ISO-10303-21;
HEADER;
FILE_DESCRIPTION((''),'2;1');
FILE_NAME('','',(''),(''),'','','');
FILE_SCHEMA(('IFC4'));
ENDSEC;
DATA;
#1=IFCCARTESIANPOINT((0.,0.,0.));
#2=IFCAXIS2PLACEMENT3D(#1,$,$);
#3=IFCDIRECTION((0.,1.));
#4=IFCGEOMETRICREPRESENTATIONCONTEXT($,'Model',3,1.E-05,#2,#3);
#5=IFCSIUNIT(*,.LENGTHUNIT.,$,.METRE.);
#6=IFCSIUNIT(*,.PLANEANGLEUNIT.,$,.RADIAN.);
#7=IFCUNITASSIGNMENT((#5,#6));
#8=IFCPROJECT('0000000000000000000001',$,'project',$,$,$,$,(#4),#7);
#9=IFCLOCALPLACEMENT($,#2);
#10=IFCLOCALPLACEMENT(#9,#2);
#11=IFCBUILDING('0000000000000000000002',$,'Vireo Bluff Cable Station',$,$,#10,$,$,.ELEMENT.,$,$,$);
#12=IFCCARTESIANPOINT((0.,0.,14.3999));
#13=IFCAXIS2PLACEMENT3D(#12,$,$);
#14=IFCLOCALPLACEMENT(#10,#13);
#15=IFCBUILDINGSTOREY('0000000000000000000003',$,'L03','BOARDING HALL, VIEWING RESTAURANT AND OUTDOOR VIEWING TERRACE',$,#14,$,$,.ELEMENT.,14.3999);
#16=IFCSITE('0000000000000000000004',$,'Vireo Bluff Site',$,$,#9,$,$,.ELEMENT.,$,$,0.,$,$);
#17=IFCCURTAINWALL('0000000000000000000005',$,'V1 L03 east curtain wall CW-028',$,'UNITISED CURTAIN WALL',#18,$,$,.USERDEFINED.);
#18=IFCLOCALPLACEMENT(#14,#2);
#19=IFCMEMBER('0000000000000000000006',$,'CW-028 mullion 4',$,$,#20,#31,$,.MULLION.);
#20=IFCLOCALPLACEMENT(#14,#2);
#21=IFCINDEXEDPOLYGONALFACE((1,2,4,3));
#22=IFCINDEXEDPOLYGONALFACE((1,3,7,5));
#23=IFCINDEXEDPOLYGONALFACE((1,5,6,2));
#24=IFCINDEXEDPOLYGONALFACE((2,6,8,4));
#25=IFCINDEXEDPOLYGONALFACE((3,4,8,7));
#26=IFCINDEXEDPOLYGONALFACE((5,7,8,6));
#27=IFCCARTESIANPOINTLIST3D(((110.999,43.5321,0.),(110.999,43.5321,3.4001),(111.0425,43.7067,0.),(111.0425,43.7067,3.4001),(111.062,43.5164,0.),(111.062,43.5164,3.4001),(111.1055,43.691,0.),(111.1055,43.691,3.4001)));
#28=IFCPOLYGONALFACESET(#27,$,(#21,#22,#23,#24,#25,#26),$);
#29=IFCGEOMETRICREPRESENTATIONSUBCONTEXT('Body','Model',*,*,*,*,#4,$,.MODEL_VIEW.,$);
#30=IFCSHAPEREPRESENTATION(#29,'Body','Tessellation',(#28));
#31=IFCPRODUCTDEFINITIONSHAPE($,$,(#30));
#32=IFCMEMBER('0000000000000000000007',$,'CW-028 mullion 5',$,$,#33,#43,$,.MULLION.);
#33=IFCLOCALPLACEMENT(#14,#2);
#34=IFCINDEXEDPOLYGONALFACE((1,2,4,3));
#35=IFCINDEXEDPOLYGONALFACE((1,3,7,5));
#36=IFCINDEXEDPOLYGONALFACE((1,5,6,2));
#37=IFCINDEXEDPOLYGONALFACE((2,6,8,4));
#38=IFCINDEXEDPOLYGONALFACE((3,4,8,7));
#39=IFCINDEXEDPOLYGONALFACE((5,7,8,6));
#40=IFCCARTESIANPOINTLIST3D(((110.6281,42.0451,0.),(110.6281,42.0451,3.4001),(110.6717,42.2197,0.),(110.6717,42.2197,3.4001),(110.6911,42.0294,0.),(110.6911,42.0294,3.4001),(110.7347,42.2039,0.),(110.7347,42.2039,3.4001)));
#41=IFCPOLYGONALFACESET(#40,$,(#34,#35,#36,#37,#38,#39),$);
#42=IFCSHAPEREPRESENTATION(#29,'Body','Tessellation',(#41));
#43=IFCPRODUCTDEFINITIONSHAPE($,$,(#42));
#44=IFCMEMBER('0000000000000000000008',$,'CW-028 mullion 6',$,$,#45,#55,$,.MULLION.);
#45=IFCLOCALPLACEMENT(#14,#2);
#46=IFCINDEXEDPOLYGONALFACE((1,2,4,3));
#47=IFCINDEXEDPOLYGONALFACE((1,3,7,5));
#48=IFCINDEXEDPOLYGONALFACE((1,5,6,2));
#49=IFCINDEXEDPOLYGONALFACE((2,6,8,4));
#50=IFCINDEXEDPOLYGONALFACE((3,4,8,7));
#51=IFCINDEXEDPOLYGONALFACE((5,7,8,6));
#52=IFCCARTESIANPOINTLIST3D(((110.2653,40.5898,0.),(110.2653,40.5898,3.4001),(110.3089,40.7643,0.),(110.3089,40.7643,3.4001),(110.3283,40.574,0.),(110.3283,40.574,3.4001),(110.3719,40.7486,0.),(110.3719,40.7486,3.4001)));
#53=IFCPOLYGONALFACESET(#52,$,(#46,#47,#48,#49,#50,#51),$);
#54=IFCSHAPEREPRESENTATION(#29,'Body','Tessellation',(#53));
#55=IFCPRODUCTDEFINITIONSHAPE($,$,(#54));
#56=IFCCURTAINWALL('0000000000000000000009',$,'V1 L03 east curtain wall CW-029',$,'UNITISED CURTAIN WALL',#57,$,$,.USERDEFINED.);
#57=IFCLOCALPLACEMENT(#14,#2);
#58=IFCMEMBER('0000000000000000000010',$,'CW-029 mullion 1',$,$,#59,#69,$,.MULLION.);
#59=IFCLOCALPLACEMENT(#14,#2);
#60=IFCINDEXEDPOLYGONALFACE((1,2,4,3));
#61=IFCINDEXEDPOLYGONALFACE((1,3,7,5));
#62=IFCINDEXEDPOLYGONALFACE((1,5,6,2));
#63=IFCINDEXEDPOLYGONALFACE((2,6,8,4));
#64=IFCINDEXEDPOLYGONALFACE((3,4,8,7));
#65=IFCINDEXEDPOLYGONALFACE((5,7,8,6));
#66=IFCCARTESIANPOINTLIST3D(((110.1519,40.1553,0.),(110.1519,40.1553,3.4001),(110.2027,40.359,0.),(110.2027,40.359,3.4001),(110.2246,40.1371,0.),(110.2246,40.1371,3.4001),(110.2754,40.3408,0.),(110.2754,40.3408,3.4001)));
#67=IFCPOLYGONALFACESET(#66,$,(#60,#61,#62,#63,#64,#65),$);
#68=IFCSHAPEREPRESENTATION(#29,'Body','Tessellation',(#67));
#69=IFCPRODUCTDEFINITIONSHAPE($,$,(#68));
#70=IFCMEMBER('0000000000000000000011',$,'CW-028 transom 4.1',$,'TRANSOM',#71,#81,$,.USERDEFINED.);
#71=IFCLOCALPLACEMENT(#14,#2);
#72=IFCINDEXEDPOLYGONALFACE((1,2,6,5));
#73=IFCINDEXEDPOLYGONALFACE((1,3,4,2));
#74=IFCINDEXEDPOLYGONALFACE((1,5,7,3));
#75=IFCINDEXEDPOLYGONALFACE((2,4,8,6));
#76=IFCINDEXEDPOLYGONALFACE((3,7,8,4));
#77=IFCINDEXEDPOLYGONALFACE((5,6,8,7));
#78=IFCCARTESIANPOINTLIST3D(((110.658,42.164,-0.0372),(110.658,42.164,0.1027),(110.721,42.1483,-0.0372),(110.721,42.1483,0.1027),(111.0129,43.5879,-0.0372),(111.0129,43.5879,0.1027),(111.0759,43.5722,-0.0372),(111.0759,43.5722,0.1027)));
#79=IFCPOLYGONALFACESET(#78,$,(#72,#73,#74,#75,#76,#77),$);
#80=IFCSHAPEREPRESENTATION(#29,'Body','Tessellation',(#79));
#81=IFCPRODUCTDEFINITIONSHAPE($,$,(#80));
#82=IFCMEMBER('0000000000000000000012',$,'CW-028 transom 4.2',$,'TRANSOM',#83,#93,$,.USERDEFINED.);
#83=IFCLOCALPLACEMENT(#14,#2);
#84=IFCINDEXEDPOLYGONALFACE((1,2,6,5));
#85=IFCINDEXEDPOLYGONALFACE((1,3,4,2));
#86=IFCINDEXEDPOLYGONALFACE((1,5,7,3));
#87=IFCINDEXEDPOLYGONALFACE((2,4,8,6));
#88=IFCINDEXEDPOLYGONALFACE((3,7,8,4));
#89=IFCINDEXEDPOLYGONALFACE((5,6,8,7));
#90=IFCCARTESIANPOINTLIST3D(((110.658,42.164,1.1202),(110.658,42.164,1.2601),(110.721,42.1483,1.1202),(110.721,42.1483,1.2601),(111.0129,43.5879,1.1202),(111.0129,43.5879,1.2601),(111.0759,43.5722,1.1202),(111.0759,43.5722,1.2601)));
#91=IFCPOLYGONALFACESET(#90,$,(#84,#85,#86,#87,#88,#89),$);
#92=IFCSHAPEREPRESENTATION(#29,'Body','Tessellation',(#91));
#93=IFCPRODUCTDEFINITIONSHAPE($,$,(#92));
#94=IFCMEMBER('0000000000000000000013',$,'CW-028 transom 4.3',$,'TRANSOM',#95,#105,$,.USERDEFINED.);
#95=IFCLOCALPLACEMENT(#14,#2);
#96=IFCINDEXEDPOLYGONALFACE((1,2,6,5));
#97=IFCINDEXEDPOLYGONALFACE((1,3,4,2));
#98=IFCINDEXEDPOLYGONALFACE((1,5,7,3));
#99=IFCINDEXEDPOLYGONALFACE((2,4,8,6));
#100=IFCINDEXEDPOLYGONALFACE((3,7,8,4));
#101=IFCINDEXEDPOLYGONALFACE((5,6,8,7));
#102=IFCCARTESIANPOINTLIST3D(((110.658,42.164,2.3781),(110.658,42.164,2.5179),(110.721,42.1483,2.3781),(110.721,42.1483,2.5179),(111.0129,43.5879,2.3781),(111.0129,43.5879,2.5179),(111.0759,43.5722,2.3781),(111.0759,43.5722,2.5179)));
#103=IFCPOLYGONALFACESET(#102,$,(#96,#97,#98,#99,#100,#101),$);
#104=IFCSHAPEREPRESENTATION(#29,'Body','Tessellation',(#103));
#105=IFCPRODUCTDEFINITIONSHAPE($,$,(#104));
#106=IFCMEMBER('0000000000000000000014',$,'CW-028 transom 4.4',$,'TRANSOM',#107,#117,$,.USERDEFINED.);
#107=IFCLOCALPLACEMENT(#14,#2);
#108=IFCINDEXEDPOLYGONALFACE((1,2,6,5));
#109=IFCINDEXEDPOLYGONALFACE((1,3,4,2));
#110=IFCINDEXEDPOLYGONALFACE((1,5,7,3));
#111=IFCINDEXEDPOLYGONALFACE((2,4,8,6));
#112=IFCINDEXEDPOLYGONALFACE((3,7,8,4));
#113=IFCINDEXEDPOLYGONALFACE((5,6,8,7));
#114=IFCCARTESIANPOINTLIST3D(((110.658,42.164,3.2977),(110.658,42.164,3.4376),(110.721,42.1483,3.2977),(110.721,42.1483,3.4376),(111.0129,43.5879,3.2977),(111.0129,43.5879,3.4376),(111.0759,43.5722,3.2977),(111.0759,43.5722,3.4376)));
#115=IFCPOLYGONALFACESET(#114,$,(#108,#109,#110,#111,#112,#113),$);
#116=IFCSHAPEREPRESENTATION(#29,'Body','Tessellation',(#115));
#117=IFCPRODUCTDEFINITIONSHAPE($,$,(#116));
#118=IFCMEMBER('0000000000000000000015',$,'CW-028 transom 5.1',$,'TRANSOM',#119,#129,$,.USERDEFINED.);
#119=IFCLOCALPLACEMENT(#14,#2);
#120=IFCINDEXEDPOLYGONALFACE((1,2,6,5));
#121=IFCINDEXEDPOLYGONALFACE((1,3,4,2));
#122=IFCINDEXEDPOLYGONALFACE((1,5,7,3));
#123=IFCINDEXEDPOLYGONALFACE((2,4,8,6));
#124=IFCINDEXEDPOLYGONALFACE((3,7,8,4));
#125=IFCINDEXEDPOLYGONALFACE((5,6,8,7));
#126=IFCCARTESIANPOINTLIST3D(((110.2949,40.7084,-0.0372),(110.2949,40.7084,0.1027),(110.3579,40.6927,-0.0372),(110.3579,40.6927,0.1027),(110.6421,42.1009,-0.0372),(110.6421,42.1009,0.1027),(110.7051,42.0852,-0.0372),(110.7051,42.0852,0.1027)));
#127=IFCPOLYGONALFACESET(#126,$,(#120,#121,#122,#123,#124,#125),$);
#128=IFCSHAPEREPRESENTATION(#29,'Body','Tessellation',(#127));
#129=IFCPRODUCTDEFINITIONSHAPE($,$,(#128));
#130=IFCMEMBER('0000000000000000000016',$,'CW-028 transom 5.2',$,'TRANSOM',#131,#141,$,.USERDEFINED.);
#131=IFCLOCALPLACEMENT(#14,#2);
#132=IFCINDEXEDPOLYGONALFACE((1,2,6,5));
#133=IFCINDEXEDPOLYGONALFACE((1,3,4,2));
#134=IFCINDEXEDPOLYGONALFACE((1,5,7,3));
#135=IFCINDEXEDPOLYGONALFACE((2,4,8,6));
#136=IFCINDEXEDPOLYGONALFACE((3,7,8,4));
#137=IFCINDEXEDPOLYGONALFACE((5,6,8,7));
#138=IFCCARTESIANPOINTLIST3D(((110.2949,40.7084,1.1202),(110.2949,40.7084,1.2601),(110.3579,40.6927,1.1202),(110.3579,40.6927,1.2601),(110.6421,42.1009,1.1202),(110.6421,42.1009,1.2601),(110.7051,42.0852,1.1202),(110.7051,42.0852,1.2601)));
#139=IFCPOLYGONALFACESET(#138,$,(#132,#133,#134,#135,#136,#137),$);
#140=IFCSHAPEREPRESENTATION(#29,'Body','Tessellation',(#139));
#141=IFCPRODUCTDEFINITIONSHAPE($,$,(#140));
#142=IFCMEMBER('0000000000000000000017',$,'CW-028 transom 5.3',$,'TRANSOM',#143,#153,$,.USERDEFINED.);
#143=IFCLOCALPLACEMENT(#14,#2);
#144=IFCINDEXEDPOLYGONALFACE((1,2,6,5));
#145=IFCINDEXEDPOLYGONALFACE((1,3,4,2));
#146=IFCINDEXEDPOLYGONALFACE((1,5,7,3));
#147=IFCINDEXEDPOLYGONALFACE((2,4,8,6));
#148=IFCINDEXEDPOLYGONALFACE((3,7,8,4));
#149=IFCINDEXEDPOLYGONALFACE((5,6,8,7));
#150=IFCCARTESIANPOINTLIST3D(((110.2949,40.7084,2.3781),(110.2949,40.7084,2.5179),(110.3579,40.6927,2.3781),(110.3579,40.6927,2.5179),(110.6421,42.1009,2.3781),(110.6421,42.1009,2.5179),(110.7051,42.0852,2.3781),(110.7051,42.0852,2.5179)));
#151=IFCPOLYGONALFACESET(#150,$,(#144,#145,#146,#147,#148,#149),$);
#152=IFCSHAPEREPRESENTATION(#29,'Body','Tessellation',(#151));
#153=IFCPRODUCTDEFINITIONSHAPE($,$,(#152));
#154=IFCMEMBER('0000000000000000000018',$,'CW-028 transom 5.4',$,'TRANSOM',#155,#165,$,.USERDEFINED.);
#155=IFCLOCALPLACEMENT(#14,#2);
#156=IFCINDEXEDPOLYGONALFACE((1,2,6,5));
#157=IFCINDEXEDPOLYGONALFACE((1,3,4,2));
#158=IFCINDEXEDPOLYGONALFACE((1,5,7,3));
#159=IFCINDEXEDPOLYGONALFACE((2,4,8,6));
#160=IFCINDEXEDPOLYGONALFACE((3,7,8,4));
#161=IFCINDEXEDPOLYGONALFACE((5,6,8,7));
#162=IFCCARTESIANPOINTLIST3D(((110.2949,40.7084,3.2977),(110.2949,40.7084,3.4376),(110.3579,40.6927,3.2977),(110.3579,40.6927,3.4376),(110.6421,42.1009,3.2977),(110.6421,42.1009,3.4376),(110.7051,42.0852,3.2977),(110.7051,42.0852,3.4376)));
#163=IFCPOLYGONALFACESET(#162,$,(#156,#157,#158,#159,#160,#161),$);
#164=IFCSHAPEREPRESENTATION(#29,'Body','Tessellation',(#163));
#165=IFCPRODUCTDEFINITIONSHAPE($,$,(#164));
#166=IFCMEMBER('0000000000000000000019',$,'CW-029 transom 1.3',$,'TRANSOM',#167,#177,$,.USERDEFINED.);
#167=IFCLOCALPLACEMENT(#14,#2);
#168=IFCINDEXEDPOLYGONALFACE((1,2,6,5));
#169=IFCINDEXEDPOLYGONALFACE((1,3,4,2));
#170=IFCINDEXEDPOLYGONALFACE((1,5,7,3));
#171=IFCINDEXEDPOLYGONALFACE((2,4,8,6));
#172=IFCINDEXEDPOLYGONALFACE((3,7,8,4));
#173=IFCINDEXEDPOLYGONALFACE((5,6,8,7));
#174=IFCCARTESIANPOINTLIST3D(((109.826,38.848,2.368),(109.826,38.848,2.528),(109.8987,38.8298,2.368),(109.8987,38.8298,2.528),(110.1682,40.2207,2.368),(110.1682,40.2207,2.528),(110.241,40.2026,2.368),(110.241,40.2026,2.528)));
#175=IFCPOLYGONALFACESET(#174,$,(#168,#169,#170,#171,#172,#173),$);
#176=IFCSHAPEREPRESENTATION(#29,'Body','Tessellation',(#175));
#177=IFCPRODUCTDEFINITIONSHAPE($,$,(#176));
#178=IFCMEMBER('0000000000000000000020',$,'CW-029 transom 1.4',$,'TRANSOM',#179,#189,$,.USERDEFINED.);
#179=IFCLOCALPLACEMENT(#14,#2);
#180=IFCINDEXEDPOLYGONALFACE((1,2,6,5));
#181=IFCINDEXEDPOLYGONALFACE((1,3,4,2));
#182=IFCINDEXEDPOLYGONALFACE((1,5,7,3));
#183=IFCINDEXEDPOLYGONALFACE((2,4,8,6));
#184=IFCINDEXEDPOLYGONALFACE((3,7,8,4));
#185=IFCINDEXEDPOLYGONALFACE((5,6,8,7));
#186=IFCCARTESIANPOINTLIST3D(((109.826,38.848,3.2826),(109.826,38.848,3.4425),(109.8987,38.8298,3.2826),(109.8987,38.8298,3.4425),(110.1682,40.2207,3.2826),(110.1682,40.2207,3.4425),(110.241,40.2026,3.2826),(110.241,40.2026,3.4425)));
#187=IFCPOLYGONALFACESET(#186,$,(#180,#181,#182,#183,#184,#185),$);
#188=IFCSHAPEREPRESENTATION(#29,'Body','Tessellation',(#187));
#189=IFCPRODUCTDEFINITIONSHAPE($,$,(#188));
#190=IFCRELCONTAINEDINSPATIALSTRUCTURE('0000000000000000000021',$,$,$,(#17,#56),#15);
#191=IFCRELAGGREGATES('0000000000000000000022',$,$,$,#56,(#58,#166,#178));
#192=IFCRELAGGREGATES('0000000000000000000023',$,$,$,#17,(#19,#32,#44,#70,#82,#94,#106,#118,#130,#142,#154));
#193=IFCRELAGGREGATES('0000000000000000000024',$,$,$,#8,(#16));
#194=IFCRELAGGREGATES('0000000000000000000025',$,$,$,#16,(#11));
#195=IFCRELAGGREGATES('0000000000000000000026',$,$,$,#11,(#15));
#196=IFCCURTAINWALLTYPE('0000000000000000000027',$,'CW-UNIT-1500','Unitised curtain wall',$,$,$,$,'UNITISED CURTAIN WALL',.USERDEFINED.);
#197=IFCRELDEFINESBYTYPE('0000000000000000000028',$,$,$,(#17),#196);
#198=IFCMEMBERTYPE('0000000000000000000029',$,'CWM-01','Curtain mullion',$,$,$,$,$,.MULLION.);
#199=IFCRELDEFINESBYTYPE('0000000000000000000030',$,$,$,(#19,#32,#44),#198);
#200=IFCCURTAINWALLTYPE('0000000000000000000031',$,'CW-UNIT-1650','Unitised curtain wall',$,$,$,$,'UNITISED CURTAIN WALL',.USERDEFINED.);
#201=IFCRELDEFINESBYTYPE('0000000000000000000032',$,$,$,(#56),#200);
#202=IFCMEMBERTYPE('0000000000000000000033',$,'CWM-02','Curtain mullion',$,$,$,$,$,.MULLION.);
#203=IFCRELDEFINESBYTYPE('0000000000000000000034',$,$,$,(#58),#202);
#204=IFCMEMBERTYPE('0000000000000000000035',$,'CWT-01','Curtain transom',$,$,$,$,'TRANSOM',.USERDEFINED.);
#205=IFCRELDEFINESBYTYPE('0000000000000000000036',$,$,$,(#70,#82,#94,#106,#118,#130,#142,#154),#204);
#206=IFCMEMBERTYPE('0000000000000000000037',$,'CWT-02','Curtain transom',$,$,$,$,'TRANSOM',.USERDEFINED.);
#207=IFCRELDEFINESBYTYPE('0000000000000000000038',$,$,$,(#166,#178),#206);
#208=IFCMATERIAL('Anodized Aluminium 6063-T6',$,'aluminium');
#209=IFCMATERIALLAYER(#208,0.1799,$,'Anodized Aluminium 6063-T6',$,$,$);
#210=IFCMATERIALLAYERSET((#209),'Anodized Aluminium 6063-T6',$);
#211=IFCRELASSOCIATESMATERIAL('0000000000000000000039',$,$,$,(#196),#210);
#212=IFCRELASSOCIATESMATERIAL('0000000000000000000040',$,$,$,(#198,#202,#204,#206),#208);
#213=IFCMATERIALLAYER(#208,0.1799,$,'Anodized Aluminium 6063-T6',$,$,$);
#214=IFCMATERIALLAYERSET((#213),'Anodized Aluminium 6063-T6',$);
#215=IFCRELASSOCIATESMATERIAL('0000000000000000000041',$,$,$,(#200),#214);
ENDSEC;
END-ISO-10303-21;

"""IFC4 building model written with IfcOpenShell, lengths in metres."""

from ifc_helpers import new_model, si_unit, direction, frame, origin, origin_2d, place, context, subcontext, project, spatial, rectangle, extrude, material, layer, layer_set, material_profile, profile_set, type_object, element, aggregate, save


model = new_model("IFC4")

# Units and contexts
model_context = context("Model", 3, precision=1e-05, world=origin(), true_north=direction((0.0, 1.0)))
body_context = subcontext(model_context, "Body", "Model", "MODEL_VIEW")
ifc_project = project(units=[si_unit("LENGTHUNIT", "METRE"), si_unit("PLANEANGLEUNIT", "RADIAN")], contexts=[model_context])

# Site, building, storey
site_placement = place(None, origin())
site = spatial("IfcSite", under=ifc_project, at=site_placement, Name="Vireo Bluff Site", CompositionType="ELEMENT", RefElevation=0.0)
building_placement = place(site_placement, origin())
building = spatial("IfcBuilding", under=site, at=building_placement, Name="Vireo Bluff Cable Station", CompositionType="ELEMENT")
storey_placement = place(building_placement, frame((0.0, 0.0, 14.3999)))
storey = spatial("IfcBuildingStorey", under=building, at=storey_placement, Name="L03", Description="BOARDING HALL, VIEWING RESTAURANT AND OUTDOOR VIEWING TERRACE", CompositionType="ELEMENT", Elevation=14.3999)

# Curtain wall, members
ifc_material_1 = material(Name="Anodized Aluminium 6063-T6", Category="aluminium")
ifc_layer_1 = layer(ifc_material_1, 0.1799, Name="Anodized Aluminium 6063-T6")
ifc_layer_set_1 = layer_set([ifc_layer_1], Name="Anodized Aluminium 6063-T6")
curtain_wall_type_1 = type_object("IfcCurtainWallType", Name="CW-UNIT-1500", Description="Unitised curtain wall", ElementType="UNITISED CURTAIN WALL", PredefinedType="USERDEFINED", material=ifc_layer_set_1)
curtain_wall_1_placement = place(storey_placement, origin())
curtain_wall_1 = element("IfcCurtainWall", 1, at=curtain_wall_1_placement, inside=storey, type_object=curtain_wall_type_1, Name="V1 L03 east curtain wall CW-028", ObjectType="UNITISED CURTAIN WALL", PredefinedType="USERDEFINED")
ifc_material_profile_1 = material_profile(ifc_material_1, rectangle(XDim=0.0649, YDim=0.1799, at=origin_2d()), Name="ALU-M-65X180")
ifc_profile_set_1 = profile_set([ifc_material_profile_1], Name="Anodized Aluminium 6063-T6")
member_type_1 = type_object("IfcMemberType", Name="CWM-01", Description="Curtain mullion", PredefinedType="MULLION", material=ifc_profile_set_1)
member_1_placement = place(storey_placement, frame((111.0522, 43.6116, 0.0), z_axis=(0.0, 0.0, 1.0), x_axis=(0.970296, -0.241922, 0.0)))
member_1 = element("IfcMember", 2, at=member_1_placement, type_object=member_type_1, Name="CW-028 mullion 4", PredefinedType="MULLION", context=body_context, shape_type="SweptSolid", body=[
    extrude(rectangle(XDim=0.0649, YDim=0.1799, at=origin_2d()), origin(), (0.0, 0.0, 1.0), 3.4001),
])
member_2_placement = place(storey_placement, frame((110.6814, 42.1245, 0.0), z_axis=(0.0, 0.0, 1.0), x_axis=(0.970296, -0.241922, 0.0)))
member_2 = element("IfcMember", 3, at=member_2_placement, type_object=member_type_1, Name="CW-028 mullion 5", PredefinedType="MULLION", context=body_context, shape_type="SweptSolid", body=[
    extrude(rectangle(XDim=0.0649, YDim=0.1799, at=origin_2d()), origin(), (0.0, 0.0, 1.0), 3.4001),
])
member_3_placement = place(storey_placement, frame((110.3186, 40.6692, 0.0), z_axis=(0.0, 0.0, 1.0), x_axis=(0.970296, -0.241922, 0.0)))
member_3 = element("IfcMember", 4, at=member_3_placement, type_object=member_type_1, Name="CW-028 mullion 6", PredefinedType="MULLION", context=body_context, shape_type="SweptSolid", body=[
    extrude(rectangle(XDim=0.0649, YDim=0.1799, at=origin_2d()), origin(), (0.0, 0.0, 1.0), 3.4001),
])

# Curtain wall, member
ifc_layer_2 = layer(ifc_material_1, 0.1799, Name="Anodized Aluminium 6063-T6")
ifc_layer_set_2 = layer_set([ifc_layer_2], Name="Anodized Aluminium 6063-T6")
curtain_wall_type_2 = type_object("IfcCurtainWallType", Name="CW-UNIT-1650", Description="Unitised curtain wall", ElementType="UNITISED CURTAIN WALL", PredefinedType="USERDEFINED", material=ifc_layer_set_2)
curtain_wall_2_placement = place(storey_placement, origin())
curtain_wall_2 = element("IfcCurtainWall", 5, at=curtain_wall_2_placement, inside=storey, type_object=curtain_wall_type_2, Name="V1 L03 east curtain wall CW-029", ObjectType="UNITISED CURTAIN WALL", PredefinedType="USERDEFINED")
ifc_material_profile_2 = material_profile(ifc_material_1, rectangle(XDim=0.075, YDim=0.21, at=origin_2d()), Name="ALU-M-75X210")
ifc_profile_set_2 = profile_set([ifc_material_profile_2], Name="Anodized Aluminium 6063-T6")
member_type_2 = type_object("IfcMemberType", Name="CWM-02", Description="Curtain mullion", PredefinedType="MULLION", material=ifc_profile_set_2)
member_4_placement = place(storey_placement, frame((110.2136, 40.248, 0.0), z_axis=(0.0, 0.0, 1.0), x_axis=(0.970296, -0.241922, 0.0)))
member_4 = element("IfcMember", 6, at=member_4_placement, type_object=member_type_2, Name="CW-029 mullion 1", PredefinedType="MULLION", context=body_context, shape_type="SweptSolid", body=[
    extrude(rectangle(XDim=0.075, YDim=0.21, at=origin_2d()), origin(), (0.0, 0.0, 1.0), 3.4001),
])

# Members
ifc_material_profile_3 = material_profile(ifc_material_1, rectangle(XDim=0.0649, YDim=0.1399, at=origin_2d()), Name="ALU-T-65X140")
ifc_profile_set_3 = profile_set([ifc_material_profile_3], Name="Anodized Aluminium 6063-T6")
member_type_3 = type_object("IfcMemberType", Name="CWT-01", Description="Curtain transom", ElementType="TRANSOM", PredefinedType="USERDEFINED", material=ifc_profile_set_3)
member_5_placement = place(storey_placement, frame((111.0444, 43.5801, 0.0327), z_axis=(-0.24187, -0.970309, 0.0), x_axis=(0.970309, -0.24187, 0.0)))
member_5 = element("IfcMember", 7, at=member_5_placement, type_object=member_type_3, Name="CW-028 transom 4.1", ObjectType="TRANSOM", PredefinedType="USERDEFINED", context=body_context, shape_type="SweptSolid", body=[
    extrude(rectangle(XDim=0.0649, YDim=0.1399, at=origin_2d()), origin(), (0.0, 0.0, 1.0), 1.4675),
])
member_6_placement = place(storey_placement, frame((111.0444, 43.5801, 1.1902), z_axis=(-0.24187, -0.970309, 0.0), x_axis=(0.970309, -0.24187, 0.0)))
member_6 = element("IfcMember", 8, at=member_6_placement, type_object=member_type_3, Name="CW-028 transom 4.2", ObjectType="TRANSOM", PredefinedType="USERDEFINED", context=body_context, shape_type="SweptSolid", body=[
    extrude(rectangle(XDim=0.0649, YDim=0.1399, at=origin_2d()), origin(), (0.0, 0.0, 1.0), 1.4675),
])
member_7_placement = place(storey_placement, frame((111.0444, 43.5801, 2.448), z_axis=(-0.24187, -0.970309, 0.0), x_axis=(0.970309, -0.24187, 0.0)))
member_7 = element("IfcMember", 9, at=member_7_placement, type_object=member_type_3, Name="CW-028 transom 4.3", ObjectType="TRANSOM", PredefinedType="USERDEFINED", context=body_context, shape_type="SweptSolid", body=[
    extrude(rectangle(XDim=0.0649, YDim=0.1399, at=origin_2d()), origin(), (0.0, 0.0, 1.0), 1.4675),
])
member_8_placement = place(storey_placement, frame((111.0444, 43.5801, 3.3677), z_axis=(-0.24187, -0.970309, 0.0), x_axis=(0.970309, -0.24187, 0.0)))
member_8 = element("IfcMember", 10, at=member_8_placement, type_object=member_type_3, Name="CW-028 transom 4.4", ObjectType="TRANSOM", PredefinedType="USERDEFINED", context=body_context, shape_type="SweptSolid", body=[
    extrude(rectangle(XDim=0.0649, YDim=0.1399, at=origin_2d()), origin(), (0.0, 0.0, 1.0), 1.4675),
])
member_9_placement = place(storey_placement, frame((110.6736, 42.093, 0.0327), z_axis=(-0.241935, -0.970292, 0.0), x_axis=(0.970292, -0.241935, 0.0)))
member_9 = element("IfcMember", 11, at=member_9_placement, type_object=member_type_3, Name="CW-028 transom 5.1", ObjectType="TRANSOM", PredefinedType="USERDEFINED", context=body_context, shape_type="SweptSolid", body=[
    extrude(rectangle(XDim=0.0649, YDim=0.1399, at=origin_2d()), origin(), (0.0, 0.0, 1.0), 1.4351),
])
member_10_placement = place(storey_placement, frame((110.6736, 42.093, 1.1902), z_axis=(-0.241935, -0.970292, 0.0), x_axis=(0.970292, -0.241935, 0.0)))
member_10 = element("IfcMember", 12, at=member_10_placement, type_object=member_type_3, Name="CW-028 transom 5.2", ObjectType="TRANSOM", PredefinedType="USERDEFINED", context=body_context, shape_type="SweptSolid", body=[
    extrude(rectangle(XDim=0.0649, YDim=0.1399, at=origin_2d()), origin(), (0.0, 0.0, 1.0), 1.4351),
])
member_11_placement = place(storey_placement, frame((110.6736, 42.093, 2.448), z_axis=(-0.241935, -0.970292, 0.0), x_axis=(0.970292, -0.241935, 0.0)))
member_11 = element("IfcMember", 13, at=member_11_placement, type_object=member_type_3, Name="CW-028 transom 5.3", ObjectType="TRANSOM", PredefinedType="USERDEFINED", context=body_context, shape_type="SweptSolid", body=[
    extrude(rectangle(XDim=0.0649, YDim=0.1399, at=origin_2d()), origin(), (0.0, 0.0, 1.0), 1.4351),
])
member_12_placement = place(storey_placement, frame((110.6736, 42.093, 3.3677), z_axis=(-0.241935, -0.970292, 0.0), x_axis=(0.970292, -0.241935, 0.0)))
member_12 = element("IfcMember", 14, at=member_12_placement, type_object=member_type_3, Name="CW-028 transom 5.4", ObjectType="TRANSOM", PredefinedType="USERDEFINED", context=body_context, shape_type="SweptSolid", body=[
    extrude(rectangle(XDim=0.0649, YDim=0.1399, at=origin_2d()), origin(), (0.0, 0.0, 1.0), 1.4351),
])
ifc_material_profile_4 = material_profile(ifc_material_1, rectangle(XDim=0.075, YDim=0.1599, at=origin_2d()), Name="ALU-T-75X160")
ifc_profile_set_4 = profile_set([ifc_material_profile_4], Name="Anodized Aluminium 6063-T6")
member_type_4 = type_object("IfcMemberType", Name="CWT-02", Description="Curtain transom", ElementType="TRANSOM", PredefinedType="USERDEFINED", material=ifc_profile_set_4)
member_13_placement = place(storey_placement, frame((110.2046, 40.2117, 2.448), z_axis=(-0.241927, -0.970295, 0.0), x_axis=(0.970295, -0.241927, 0.0)))
member_13 = element("IfcMember", 15, at=member_13_placement, type_object=member_type_4, Name="CW-029 transom 1.3", ObjectType="TRANSOM", PredefinedType="USERDEFINED", context=body_context, shape_type="SweptSolid", body=[
    extrude(rectangle(XDim=0.075, YDim=0.1599, at=origin_2d()), origin(), (0.0, 0.0, 1.0), 1.4148),
])
member_14_placement = place(storey_placement, frame((110.2046, 40.2117, 3.3625), z_axis=(-0.241927, -0.970295, 0.0), x_axis=(0.970295, -0.241927, 0.0)))
member_14 = element("IfcMember", 16, at=member_14_placement, type_object=member_type_4, Name="CW-029 transom 1.4", ObjectType="TRANSOM", PredefinedType="USERDEFINED", context=body_context, shape_type="SweptSolid", body=[
    extrude(rectangle(XDim=0.075, YDim=0.1599, at=origin_2d()), origin(), (0.0, 0.0, 1.0), 1.4148),
])
aggregate(curtain_wall_2, [member_4, member_13, member_14])

aggregate(curtain_wall_1, [member_1, member_2, member_3, member_5, member_6, member_7, member_8, member_9, member_10, member_11, member_12])

save(model, "model.ifc")
